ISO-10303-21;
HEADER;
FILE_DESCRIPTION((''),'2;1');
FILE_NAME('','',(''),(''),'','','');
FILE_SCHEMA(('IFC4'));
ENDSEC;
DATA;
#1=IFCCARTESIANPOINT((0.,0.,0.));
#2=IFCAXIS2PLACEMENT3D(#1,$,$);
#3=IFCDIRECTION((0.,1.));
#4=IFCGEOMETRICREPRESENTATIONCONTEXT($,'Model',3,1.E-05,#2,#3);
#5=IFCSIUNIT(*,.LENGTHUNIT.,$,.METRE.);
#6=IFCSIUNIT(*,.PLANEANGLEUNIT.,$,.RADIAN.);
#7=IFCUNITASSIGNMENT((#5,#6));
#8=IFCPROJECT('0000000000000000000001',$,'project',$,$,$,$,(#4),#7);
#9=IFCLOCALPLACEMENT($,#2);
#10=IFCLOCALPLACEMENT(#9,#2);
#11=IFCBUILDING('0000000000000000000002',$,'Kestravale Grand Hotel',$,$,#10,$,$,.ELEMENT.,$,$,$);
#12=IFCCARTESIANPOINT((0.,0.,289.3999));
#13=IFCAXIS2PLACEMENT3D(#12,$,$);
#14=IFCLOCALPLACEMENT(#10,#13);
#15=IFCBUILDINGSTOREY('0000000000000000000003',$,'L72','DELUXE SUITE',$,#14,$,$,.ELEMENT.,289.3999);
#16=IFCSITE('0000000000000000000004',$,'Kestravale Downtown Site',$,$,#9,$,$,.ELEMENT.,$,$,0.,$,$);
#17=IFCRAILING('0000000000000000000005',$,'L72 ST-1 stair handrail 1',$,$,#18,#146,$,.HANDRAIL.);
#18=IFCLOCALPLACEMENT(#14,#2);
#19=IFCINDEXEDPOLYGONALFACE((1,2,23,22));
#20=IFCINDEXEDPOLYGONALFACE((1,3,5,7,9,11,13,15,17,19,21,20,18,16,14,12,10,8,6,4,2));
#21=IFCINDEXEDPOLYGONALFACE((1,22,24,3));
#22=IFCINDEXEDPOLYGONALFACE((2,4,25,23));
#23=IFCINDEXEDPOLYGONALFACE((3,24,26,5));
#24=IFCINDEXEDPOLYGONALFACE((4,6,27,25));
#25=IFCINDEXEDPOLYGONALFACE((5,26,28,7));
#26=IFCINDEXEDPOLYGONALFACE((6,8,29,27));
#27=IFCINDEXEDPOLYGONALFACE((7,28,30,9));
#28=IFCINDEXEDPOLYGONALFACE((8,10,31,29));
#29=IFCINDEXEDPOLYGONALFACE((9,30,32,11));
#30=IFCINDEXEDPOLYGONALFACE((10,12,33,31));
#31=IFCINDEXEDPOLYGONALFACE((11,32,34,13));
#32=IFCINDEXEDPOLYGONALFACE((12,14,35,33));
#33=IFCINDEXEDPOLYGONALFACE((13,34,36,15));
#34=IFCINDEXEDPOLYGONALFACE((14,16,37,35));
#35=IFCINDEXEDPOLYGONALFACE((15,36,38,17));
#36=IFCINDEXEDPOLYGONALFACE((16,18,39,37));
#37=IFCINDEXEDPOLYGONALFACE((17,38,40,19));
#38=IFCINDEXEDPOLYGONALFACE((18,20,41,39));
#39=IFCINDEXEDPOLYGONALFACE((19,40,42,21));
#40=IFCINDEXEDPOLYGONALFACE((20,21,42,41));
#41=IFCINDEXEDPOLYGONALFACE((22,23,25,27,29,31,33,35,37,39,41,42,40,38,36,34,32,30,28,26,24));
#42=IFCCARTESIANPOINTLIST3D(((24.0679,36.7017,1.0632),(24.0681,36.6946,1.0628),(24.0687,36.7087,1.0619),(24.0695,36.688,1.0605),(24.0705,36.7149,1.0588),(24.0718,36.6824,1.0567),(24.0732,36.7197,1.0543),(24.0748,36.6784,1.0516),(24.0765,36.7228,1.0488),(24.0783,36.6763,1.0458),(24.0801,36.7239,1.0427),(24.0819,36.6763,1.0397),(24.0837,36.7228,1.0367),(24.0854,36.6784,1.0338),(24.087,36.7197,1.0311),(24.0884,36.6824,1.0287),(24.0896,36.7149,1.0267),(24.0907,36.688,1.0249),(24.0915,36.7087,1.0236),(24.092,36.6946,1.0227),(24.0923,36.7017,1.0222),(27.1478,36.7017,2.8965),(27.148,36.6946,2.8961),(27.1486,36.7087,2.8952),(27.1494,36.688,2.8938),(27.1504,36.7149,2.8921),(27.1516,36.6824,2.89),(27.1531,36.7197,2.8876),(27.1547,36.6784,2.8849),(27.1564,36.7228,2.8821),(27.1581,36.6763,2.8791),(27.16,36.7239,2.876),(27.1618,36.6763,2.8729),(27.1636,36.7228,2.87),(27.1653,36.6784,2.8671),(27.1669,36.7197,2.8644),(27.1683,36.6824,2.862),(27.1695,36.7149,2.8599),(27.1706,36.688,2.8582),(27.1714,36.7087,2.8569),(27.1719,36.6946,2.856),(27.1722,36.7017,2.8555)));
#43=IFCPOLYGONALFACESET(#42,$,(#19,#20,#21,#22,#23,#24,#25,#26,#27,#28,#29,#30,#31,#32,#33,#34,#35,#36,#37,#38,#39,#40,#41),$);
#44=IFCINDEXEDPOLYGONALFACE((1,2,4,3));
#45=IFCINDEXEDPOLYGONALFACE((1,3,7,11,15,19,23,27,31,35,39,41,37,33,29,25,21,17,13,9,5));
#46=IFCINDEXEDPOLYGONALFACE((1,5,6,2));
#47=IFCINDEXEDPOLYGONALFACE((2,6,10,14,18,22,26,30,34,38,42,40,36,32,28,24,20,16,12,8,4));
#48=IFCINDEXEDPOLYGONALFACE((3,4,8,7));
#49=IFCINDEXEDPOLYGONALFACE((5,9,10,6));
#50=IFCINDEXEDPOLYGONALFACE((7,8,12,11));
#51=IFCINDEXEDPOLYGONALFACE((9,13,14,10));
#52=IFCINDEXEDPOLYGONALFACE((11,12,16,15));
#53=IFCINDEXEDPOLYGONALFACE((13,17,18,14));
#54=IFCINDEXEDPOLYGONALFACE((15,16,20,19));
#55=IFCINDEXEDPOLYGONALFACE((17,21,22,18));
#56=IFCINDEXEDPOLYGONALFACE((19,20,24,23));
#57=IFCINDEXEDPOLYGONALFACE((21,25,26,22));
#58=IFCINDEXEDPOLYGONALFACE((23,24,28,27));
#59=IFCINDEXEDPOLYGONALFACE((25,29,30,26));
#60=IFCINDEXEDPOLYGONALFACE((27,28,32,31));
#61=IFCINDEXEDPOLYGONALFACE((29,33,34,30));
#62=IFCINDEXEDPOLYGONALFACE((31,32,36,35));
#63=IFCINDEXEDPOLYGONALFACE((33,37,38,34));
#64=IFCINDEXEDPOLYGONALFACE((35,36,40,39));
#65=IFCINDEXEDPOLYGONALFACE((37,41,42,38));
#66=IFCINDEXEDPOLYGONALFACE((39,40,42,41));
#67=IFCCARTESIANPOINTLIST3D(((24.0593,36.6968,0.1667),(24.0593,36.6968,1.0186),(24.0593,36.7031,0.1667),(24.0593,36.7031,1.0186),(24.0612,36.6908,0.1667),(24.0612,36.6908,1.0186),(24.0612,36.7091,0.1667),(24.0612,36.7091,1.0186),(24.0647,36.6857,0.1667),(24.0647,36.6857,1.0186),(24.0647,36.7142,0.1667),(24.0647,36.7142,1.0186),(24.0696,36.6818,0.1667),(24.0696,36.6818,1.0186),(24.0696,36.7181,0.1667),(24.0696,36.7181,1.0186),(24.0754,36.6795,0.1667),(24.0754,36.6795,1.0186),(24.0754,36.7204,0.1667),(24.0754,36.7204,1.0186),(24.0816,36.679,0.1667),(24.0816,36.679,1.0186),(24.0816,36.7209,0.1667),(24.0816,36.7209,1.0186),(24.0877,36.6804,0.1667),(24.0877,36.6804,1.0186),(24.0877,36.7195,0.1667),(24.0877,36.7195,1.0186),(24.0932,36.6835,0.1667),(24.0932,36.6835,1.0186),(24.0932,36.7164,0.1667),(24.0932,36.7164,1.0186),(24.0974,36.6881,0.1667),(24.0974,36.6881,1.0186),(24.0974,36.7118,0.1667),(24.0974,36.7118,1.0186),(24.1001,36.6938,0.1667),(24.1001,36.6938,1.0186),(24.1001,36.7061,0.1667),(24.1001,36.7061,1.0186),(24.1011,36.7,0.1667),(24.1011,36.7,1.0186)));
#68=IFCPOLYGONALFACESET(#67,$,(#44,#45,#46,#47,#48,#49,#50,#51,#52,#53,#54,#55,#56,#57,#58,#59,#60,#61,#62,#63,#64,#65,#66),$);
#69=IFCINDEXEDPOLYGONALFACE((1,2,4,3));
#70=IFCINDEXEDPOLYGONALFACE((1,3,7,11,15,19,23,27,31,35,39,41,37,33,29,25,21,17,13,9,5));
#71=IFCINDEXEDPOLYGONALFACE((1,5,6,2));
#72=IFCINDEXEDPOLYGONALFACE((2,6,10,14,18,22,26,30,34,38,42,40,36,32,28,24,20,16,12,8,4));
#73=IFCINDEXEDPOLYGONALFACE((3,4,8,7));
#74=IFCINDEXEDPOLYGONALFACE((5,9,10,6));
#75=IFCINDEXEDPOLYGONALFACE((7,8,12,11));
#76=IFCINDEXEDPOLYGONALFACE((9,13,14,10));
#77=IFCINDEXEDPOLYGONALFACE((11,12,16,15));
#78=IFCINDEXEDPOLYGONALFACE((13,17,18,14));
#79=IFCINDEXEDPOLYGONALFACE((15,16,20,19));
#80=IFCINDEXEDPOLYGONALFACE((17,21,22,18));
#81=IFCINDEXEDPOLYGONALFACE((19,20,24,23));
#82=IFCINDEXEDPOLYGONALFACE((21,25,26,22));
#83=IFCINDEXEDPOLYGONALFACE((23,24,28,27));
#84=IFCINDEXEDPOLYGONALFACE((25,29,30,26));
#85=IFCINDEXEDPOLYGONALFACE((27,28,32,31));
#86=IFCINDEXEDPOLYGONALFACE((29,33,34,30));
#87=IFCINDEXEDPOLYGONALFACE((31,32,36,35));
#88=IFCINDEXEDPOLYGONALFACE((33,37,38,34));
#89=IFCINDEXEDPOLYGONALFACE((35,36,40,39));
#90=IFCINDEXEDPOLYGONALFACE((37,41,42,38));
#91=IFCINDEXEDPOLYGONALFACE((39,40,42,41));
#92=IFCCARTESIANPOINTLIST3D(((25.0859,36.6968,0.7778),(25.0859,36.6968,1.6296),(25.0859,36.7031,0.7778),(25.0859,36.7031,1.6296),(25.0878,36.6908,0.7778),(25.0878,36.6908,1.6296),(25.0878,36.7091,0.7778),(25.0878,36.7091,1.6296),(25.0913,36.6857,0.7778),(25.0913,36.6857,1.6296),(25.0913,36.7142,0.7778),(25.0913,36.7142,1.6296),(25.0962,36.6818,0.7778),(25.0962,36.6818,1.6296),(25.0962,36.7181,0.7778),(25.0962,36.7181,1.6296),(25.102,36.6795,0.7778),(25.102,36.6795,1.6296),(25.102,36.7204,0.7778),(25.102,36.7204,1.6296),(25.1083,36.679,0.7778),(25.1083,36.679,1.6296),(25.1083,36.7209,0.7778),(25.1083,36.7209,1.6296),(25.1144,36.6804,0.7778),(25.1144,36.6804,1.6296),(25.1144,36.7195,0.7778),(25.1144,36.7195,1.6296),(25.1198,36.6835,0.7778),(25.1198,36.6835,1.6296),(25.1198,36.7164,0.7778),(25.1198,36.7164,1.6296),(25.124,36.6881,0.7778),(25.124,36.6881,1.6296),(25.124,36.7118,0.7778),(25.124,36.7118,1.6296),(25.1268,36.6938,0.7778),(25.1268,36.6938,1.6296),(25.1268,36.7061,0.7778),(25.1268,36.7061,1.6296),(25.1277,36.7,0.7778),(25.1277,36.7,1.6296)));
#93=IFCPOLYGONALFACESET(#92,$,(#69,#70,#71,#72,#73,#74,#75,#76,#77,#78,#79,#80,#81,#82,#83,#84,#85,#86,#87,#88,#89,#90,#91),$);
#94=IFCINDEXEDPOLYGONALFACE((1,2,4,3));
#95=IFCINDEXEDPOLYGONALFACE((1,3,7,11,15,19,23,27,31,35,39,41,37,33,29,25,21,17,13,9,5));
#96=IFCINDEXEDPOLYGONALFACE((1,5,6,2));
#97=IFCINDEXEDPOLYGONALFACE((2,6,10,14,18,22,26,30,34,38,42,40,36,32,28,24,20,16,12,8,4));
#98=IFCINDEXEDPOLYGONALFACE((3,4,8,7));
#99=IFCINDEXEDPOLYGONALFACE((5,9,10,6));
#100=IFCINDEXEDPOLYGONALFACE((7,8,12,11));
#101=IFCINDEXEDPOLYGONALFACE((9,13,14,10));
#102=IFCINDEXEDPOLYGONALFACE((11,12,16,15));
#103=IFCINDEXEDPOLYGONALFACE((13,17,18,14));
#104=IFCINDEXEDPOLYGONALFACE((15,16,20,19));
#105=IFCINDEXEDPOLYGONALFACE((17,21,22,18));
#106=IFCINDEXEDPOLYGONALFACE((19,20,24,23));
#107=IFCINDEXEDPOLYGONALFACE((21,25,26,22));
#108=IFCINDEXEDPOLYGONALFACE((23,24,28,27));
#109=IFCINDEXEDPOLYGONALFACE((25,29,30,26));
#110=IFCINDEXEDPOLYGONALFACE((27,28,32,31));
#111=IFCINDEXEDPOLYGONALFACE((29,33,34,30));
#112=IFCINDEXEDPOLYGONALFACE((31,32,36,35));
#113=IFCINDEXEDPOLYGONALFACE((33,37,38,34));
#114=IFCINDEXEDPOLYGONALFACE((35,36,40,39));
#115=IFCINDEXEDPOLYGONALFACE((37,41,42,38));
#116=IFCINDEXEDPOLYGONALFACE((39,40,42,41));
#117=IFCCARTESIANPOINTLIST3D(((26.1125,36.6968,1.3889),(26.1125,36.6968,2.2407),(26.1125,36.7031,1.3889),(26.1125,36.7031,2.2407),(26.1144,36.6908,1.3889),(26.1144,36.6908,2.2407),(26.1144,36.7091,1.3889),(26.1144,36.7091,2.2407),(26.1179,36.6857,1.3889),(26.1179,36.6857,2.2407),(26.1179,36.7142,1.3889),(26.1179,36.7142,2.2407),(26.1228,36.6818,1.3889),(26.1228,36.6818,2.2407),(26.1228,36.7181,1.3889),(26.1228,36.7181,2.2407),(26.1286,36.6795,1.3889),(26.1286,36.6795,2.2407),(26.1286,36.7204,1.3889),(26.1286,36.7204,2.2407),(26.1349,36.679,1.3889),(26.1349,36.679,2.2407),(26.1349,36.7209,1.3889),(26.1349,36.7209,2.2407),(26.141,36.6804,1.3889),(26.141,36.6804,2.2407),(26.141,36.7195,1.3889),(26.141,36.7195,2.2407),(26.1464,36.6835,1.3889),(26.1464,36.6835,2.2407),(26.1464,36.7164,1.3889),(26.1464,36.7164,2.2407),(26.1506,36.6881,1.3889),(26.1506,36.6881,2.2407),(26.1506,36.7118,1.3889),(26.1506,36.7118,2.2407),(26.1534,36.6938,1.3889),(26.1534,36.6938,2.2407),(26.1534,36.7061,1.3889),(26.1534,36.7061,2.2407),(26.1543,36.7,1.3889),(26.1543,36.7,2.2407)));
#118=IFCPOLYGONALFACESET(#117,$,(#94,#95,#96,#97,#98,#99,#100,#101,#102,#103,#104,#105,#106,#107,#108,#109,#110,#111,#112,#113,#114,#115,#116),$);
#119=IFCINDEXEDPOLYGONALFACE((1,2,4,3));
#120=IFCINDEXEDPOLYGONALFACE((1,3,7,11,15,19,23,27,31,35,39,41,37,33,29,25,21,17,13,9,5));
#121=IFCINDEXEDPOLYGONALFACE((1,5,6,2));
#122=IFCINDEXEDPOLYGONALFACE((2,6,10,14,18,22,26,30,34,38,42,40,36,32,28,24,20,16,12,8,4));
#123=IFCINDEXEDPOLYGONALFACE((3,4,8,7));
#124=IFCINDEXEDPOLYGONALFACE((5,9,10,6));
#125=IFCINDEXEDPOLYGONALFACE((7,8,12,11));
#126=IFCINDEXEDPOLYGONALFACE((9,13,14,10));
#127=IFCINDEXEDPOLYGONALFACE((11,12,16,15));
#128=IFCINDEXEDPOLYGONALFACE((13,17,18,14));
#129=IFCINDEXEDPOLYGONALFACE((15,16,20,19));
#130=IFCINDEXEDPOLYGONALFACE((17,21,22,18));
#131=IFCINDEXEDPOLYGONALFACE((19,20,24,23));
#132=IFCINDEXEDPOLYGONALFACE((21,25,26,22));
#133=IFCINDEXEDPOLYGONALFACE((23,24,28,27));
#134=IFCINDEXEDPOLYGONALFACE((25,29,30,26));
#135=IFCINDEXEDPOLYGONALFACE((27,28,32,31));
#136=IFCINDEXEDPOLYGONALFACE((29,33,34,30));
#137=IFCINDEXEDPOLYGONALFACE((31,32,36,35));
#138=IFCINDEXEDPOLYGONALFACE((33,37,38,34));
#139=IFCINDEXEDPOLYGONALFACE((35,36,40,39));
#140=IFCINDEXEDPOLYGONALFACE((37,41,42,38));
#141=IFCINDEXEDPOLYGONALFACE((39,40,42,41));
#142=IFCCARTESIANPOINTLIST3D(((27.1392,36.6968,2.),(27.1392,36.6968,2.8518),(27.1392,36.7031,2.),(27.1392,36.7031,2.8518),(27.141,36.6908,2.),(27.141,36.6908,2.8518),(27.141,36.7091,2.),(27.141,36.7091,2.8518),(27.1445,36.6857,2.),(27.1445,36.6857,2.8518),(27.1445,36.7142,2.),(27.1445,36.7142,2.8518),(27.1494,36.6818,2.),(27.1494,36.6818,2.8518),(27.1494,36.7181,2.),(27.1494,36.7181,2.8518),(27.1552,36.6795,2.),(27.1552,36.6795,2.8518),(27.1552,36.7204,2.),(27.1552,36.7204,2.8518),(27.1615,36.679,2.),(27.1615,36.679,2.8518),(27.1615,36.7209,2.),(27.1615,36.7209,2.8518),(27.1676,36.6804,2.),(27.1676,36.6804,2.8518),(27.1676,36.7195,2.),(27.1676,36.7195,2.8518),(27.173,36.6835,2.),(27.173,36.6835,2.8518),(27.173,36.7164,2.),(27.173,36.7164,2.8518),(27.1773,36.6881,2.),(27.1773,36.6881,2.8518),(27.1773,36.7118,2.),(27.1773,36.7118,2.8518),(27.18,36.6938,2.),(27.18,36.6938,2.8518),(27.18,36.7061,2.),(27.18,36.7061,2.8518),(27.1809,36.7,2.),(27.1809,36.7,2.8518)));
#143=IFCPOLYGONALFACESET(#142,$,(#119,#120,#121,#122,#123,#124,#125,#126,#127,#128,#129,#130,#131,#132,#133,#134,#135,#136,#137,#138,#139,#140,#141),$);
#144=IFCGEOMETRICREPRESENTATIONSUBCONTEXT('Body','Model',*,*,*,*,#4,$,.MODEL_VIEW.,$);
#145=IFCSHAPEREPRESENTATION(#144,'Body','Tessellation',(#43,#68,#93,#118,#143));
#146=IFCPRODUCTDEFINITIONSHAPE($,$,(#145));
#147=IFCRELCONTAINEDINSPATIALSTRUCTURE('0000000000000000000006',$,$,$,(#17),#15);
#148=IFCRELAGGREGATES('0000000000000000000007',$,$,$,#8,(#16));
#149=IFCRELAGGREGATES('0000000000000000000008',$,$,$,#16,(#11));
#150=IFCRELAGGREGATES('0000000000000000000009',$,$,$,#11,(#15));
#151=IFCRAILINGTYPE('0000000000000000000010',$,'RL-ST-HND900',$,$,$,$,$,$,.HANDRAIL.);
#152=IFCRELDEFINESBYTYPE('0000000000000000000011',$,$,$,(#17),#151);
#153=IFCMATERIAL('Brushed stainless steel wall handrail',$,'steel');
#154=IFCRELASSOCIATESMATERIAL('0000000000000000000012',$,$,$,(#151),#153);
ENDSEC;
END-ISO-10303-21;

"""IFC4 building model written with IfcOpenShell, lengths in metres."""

from ifc_helpers import new_model, si_unit, direction, frame, origin, origin_2d, place, context, subcontext, project, spatial, circle, extrude, material, type_object, element, save


model = new_model("IFC4")

# Units and contexts
model_context = context("Model", 3, precision=1e-05, world=origin(), true_north=direction((0.0, 1.0)))
body_context = subcontext(model_context, "Body", "Model", "MODEL_VIEW")
ifc_project = project(units=[si_unit("LENGTHUNIT", "METRE"), si_unit("PLANEANGLEUNIT", "RADIAN")], contexts=[model_context])

# Site, building, storey
site_placement = place(None, origin())
site = spatial("IfcSite", under=ifc_project, at=site_placement, Name="Kestravale Downtown Site", CompositionType="ELEMENT", RefElevation=0.0)
building_placement = place(site_placement, origin())
building = spatial("IfcBuilding", under=site, at=building_placement, Name="Kestravale Grand Hotel", CompositionType="ELEMENT")
storey_placement = place(building_placement, frame((0.0, 0.0, 289.3999)))
storey = spatial("IfcBuildingStorey", under=building, at=storey_placement, Name="L72", Description="DELUXE SUITE", CompositionType="ELEMENT", Elevation=289.3999)

# Railing
ifc_material_1 = material(Name="Brushed stainless steel wall handrail", Category="steel")
railing_type_1 = type_object("IfcRailingType", Name="RL-ST-HND900", PredefinedType="HANDRAIL", material=ifc_material_1)
railing_1_placement = place(storey_placement, frame((24.0801, 36.7, 0.1667)))
element("IfcRailing", 1, at=railing_1_placement, inside=storey, type_object=railing_type_1, Name="L72 ST-1 stair handrail 1", PredefinedType="HANDRAIL", context=body_context, shape_type="SweptSolid", body=[
    extrude(circle(Radius=0.0239, at=origin_2d()), frame((0.0, 0.0, 0.876), z_axis=(0.859291, 0.0, 0.511487), x_axis=(0.0, 1.0, 0.0)), (0.0, 0.0, 1.0), 3.5842),
    extrude(circle(Radius=0.021, at=origin_2d()), origin(), (0.0, 0.0, 1.0), 0.8518),
    extrude(circle(Radius=0.021, at=origin_2d()), frame((1.0266, 0.0, 0.6111)), (0.0, 0.0, 1.0), 0.8518),
    extrude(circle(Radius=0.021, at=origin_2d()), frame((2.0532, 0.0, 1.2222)), (0.0, 0.0, 1.0), 0.8518),
    extrude(circle(Radius=0.021, at=origin_2d()), frame((3.0798, 0.0, 1.8333)), (0.0, 0.0, 1.0), 0.8518),
])

save(model, "model.ifc")
